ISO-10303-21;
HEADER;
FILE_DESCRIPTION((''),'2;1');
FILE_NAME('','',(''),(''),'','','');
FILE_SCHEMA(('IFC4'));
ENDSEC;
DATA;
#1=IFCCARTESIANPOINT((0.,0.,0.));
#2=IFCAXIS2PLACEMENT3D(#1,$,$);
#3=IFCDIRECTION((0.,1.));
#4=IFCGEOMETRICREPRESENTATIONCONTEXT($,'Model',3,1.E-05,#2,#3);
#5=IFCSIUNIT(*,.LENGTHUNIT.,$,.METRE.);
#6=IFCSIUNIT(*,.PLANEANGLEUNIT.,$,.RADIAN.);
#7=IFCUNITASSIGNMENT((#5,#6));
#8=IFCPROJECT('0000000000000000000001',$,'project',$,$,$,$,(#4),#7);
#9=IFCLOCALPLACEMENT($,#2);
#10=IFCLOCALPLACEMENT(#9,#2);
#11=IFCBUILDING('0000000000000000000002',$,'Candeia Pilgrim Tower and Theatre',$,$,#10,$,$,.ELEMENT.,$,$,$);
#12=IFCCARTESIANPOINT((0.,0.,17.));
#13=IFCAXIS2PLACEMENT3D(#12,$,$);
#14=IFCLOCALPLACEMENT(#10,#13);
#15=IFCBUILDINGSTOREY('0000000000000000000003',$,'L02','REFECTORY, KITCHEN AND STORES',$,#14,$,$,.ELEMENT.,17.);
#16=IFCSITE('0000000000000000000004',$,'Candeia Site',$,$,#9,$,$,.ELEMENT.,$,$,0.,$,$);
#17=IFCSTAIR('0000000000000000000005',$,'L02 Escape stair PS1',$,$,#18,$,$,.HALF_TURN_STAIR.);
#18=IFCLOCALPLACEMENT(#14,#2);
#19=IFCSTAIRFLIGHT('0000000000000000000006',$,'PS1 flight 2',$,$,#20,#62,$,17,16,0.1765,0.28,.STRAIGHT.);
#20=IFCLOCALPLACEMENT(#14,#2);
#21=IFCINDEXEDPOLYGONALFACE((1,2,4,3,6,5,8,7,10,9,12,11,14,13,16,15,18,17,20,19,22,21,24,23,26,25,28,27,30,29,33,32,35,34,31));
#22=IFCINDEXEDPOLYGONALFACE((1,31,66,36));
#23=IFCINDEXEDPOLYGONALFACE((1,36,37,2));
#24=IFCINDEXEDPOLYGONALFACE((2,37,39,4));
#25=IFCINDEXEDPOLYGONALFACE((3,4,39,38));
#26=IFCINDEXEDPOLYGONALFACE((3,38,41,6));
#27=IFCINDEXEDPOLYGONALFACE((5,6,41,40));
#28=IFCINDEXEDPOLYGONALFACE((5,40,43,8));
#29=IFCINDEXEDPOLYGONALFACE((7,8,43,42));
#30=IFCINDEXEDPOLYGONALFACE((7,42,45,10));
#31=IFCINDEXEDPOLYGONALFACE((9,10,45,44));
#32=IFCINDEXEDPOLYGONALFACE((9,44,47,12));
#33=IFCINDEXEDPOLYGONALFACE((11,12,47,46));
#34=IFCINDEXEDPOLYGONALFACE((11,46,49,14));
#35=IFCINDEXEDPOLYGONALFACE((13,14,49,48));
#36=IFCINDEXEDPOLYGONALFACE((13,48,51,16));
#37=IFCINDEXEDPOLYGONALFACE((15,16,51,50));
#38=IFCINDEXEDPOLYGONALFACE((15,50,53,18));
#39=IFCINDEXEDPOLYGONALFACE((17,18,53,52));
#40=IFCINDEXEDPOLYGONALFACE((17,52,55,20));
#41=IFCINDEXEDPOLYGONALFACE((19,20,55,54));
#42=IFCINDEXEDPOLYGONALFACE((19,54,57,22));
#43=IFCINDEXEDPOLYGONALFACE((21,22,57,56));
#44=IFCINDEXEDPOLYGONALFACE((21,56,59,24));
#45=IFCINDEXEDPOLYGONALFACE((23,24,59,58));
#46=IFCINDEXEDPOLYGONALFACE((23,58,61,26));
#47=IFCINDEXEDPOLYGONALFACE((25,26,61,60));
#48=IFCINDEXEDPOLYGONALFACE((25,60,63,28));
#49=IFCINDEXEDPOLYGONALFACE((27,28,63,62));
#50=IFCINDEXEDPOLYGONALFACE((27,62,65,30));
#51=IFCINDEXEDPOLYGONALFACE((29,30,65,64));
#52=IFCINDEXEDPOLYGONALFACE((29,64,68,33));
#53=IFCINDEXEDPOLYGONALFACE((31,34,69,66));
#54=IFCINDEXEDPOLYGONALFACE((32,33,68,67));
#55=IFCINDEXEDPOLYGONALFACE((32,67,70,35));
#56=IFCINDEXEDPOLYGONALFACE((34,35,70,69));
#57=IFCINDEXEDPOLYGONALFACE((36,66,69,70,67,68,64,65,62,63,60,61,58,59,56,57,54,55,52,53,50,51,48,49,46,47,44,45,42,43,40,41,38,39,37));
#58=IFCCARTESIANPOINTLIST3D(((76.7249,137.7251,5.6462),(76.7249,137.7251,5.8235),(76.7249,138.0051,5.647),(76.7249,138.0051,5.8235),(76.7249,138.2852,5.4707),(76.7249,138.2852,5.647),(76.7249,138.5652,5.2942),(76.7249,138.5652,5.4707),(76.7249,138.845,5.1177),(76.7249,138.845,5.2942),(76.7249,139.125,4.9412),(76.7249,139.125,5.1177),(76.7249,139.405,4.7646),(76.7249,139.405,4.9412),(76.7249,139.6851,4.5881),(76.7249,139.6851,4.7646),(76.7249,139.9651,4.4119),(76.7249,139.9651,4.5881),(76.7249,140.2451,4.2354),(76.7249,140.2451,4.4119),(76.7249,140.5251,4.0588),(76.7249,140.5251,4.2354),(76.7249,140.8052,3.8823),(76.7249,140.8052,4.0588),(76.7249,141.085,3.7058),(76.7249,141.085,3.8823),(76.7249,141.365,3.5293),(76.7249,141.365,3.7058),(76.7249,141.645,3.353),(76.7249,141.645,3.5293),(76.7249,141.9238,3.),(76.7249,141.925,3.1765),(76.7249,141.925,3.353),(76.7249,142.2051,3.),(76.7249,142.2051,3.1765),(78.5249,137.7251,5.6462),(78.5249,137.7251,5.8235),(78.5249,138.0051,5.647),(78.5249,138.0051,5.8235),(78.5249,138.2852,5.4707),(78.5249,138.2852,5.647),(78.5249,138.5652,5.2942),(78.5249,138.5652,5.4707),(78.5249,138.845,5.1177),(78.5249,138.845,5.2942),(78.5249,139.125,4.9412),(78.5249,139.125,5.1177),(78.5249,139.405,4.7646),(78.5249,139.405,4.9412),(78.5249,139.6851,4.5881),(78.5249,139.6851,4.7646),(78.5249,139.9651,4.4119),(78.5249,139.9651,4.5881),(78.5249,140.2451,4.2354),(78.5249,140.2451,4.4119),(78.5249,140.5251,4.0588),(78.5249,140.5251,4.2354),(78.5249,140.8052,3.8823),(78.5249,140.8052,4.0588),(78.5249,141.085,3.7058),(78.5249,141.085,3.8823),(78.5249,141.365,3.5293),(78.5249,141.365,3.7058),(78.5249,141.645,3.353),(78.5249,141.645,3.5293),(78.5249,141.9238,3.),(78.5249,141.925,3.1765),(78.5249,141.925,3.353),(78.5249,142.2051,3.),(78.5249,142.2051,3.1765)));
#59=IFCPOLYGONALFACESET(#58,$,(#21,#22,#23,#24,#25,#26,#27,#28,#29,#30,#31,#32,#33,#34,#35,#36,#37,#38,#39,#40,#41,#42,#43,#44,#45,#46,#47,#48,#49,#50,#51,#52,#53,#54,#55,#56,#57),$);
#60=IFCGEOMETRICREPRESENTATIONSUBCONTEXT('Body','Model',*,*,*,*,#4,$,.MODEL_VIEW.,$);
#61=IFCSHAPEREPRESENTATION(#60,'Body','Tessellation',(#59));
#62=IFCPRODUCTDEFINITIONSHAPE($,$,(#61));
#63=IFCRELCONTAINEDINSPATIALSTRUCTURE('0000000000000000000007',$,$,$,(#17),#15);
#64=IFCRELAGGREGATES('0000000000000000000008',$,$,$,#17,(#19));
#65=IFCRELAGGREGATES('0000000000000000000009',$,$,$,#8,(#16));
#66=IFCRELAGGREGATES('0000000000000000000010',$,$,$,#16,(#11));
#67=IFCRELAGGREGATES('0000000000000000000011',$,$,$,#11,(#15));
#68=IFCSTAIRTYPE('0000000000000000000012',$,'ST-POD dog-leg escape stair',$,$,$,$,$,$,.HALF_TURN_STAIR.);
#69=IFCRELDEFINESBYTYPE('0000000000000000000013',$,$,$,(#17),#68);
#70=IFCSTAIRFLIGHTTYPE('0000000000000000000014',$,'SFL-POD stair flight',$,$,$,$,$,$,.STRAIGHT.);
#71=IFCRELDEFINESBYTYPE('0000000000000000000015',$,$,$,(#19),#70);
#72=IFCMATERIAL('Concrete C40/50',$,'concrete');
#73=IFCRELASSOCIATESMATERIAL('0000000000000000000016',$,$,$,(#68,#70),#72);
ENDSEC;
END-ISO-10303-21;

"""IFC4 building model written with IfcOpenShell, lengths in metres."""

from ifc_helpers import new_model, si_unit, direction, frame, origin, place, context, subcontext, project, spatial, polyline, outline, extrude, material, type_object, element, aggregate, save


model = new_model("IFC4")

# Units and contexts
model_context = context("Model", 3, precision=1e-05, world=origin(), true_north=direction((0.0, 1.0)))
body_context = subcontext(model_context, "Body", "Model", "MODEL_VIEW")
ifc_project = project(units=[si_unit("LENGTHUNIT", "METRE"), si_unit("PLANEANGLEUNIT", "RADIAN")], contexts=[model_context])

# Site, building, storey
site_placement = place(None, origin())
site = spatial("IfcSite", under=ifc_project, at=site_placement, Name="Candeia Site", CompositionType="ELEMENT", RefElevation=0.0)
building_placement = place(site_placement, origin())
building = spatial("IfcBuilding", under=site, at=building_placement, Name="Candeia Pilgrim Tower and Theatre", CompositionType="ELEMENT")
storey_placement = place(building_placement, frame((0.0, 0.0, 17.0)))
storey = spatial("IfcBuildingStorey", under=building, at=storey_placement, Name="L02", Description="REFECTORY, KITCHEN AND STORES", CompositionType="ELEMENT", Elevation=17.0)

# Shared definitions
ifc_material_1 = material(Name="Concrete C40/50", Category="concrete")

# Stair, stair flight
stair_type_1 = type_object("IfcStairType", Name="ST-POD dog-leg escape stair", PredefinedType="HALF_TURN_STAIR", material=ifc_material_1)
stair_1_placement = place(storey_placement, origin())
stair_1 = element("IfcStair", 1, at=stair_1_placement, inside=storey, type_object=stair_type_1, Name="L02 Escape stair PS1", PredefinedType="HALF_TURN_STAIR")
stair_flight_type_1 = type_object("IfcStairFlightType", Name="SFL-POD stair flight", PredefinedType="STRAIGHT", material=ifc_material_1)
stair_flight_1_placement = place(storey_placement, frame((77.625, 142.2051, 3.0), z_axis=(0.0, 0.0, 1.0), x_axis=(0.0, -1.0, 0.0)))
stair_flight_1 = element("IfcStairFlight", 2, at=stair_flight_1_placement, type_object=stair_flight_type_1, Name="PS1 flight 2", NumberOfRisers=17, NumberOfTreads=16, PredefinedType="STRAIGHT", RiserHeight=0.1765, TreadLength=0.28, context=body_context, shape_type="SweptSolid", body=[
    extrude(outline(polyline([(0.0, 0.0), (0.0, 0.1765), (0.28, 0.1765), (0.28, 0.353), (0.5601, 0.353), (0.5601, 0.5293), (0.8401, 0.5293), (0.8401, 0.7058), (1.1201, 0.7058), (1.1201, 0.8823), (1.3999, 0.8823), (1.3999, 1.0588), (1.6799, 1.0588), (1.6799, 1.2354), (1.96, 1.2354), (1.96, 1.4119), (2.24, 1.4119), (2.24, 1.5881), (2.52, 1.5881), (2.52, 1.7646), (2.8, 1.7646), (2.8, 1.9412), (3.0801, 1.9412), (3.0801, 2.1177), (3.3601, 2.1177), (3.3601, 2.2942), (3.6399, 2.2942), (3.6399, 2.4707), (3.9199, 2.4707), (3.9199, 2.647), (4.2, 2.647), (4.2, 2.8235), (4.48, 2.8235), (4.48, 3.0), (4.48, 2.6462), (0.2812, 0.0), (0.0, 0.0)])), frame((0.0, 0.8999, 0.0), z_axis=(0.0, -1.0, 0.0), x_axis=(1.0, 0.0, 0.0)), (0.0, 0.0, 1.0), 1.8),
])
aggregate(stair_1, [stair_flight_1])

save(model, "model.ifc")
